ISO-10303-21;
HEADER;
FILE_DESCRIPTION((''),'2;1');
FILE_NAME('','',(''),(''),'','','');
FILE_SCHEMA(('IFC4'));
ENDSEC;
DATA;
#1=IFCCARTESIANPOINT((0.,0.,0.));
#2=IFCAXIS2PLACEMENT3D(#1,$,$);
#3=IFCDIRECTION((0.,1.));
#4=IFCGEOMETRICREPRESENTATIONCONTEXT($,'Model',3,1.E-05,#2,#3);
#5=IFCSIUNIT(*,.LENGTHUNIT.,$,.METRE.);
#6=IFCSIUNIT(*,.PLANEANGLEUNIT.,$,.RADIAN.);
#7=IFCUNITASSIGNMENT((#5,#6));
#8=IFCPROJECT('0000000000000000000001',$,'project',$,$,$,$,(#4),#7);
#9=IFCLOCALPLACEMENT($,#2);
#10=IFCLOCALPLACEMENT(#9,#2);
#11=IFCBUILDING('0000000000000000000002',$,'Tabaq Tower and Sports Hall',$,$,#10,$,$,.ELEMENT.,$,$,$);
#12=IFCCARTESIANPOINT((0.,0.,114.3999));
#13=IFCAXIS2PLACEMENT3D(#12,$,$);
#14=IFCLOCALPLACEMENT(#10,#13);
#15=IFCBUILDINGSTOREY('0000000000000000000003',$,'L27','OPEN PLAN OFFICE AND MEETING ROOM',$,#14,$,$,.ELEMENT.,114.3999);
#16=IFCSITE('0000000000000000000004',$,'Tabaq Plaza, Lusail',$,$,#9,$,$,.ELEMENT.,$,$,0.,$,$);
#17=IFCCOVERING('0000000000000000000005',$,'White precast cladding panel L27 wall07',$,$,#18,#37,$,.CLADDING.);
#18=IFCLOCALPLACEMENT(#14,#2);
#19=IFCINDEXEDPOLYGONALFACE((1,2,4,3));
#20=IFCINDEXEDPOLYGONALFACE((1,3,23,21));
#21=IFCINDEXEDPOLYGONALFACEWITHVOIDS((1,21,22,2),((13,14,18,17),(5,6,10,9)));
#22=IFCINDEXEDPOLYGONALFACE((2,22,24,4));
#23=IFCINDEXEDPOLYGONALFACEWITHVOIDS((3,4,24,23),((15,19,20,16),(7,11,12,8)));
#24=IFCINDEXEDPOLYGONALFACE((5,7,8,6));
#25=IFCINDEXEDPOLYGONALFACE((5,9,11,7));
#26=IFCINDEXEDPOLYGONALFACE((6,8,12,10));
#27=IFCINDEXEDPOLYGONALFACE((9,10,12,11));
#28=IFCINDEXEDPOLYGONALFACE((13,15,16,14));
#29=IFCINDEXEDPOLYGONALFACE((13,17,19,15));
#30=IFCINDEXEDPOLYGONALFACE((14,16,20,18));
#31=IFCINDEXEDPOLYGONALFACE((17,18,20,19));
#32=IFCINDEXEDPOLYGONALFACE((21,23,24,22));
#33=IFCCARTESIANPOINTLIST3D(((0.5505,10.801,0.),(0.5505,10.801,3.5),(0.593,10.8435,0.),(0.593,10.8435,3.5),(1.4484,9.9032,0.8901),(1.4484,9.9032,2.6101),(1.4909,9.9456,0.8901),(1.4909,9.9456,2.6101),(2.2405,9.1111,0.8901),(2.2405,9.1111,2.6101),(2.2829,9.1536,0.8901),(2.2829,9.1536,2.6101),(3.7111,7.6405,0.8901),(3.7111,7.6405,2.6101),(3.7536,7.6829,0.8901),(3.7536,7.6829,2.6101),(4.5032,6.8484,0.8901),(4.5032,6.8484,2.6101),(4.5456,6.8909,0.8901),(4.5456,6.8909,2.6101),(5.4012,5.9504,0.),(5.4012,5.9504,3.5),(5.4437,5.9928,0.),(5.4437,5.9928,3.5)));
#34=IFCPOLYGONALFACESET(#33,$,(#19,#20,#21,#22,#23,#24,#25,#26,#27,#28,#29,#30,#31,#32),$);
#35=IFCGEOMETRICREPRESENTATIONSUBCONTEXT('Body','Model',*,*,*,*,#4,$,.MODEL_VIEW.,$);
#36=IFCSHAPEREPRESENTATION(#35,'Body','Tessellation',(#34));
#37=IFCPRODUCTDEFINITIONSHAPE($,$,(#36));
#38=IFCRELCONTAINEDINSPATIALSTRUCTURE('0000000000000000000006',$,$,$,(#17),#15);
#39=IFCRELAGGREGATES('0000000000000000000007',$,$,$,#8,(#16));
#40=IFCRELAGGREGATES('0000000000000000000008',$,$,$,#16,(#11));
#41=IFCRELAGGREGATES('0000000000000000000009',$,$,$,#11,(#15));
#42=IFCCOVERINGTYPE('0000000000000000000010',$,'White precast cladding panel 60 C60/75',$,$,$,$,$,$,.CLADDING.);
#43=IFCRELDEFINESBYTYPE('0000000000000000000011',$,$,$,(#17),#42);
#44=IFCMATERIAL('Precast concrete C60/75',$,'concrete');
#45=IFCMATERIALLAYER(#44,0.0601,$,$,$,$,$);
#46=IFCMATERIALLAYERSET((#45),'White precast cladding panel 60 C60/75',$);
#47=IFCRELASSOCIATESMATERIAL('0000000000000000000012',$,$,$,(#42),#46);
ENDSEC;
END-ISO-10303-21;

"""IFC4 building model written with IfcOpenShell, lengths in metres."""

from ifc_helpers import new_model, si_unit, direction, frame, origin, place, context, subcontext, project, spatial, polyline, outline, extrude, material, layer, layer_set, type_object, element, save


model = new_model("IFC4")

# Units and contexts
model_context = context("Model", 3, precision=1e-05, world=origin(), true_north=direction((0.0, 1.0)))
body_context = subcontext(model_context, "Body", "Model", "MODEL_VIEW")
ifc_project = project(units=[si_unit("LENGTHUNIT", "METRE"), si_unit("PLANEANGLEUNIT", "RADIAN")], contexts=[model_context])

# Site, building, storey
site_placement = place(None, origin())
site = spatial("IfcSite", under=ifc_project, at=site_placement, Name="Tabaq Plaza, Lusail", CompositionType="ELEMENT", RefElevation=0.0)
building_placement = place(site_placement, origin())
building = spatial("IfcBuilding", under=site, at=building_placement, Name="Tabaq Tower and Sports Hall", CompositionType="ELEMENT")
storey_placement = place(building_placement, frame((0.0, 0.0, 114.3999)))
storey = spatial("IfcBuildingStorey", under=building, at=storey_placement, Name="L27", Description="OPEN PLAN OFFICE AND MEETING ROOM", CompositionType="ELEMENT", Elevation=114.3999)

# Covering
ifc_material_1 = material(Name="Precast concrete C60/75", Category="concrete")
ifc_layer_1 = layer(ifc_material_1, 0.0601)
ifc_layer_set_1 = layer_set([ifc_layer_1], Name="White precast cladding panel 60 C60/75")
covering_type_1 = type_object("IfcCoveringType", Name="White precast cladding panel 60 C60/75", PredefinedType="CLADDING", material=ifc_layer_set_1)
covering_1_placement = place(storey_placement, frame((0.5718, 10.8223, 0.0), z_axis=(0.0, 0.0, 1.0), x_axis=(0.707107, -0.707107, 0.0)))
element("IfcCovering", 1, at=covering_1_placement, inside=storey, type_object=covering_type_1, Name="White precast cladding panel L27 wall07", PredefinedType="CLADDING", context=body_context, shape_type="SweptSolid", body=[
    extrude(outline(polyline([(0.0, 0.0), (6.8599, 0.0), (6.8599, 3.5), (0.0, 3.5), (0.0, 0.0)]), holes=[polyline([(1.2698, 2.6101), (2.3899, 2.6101), (2.3899, 0.8901), (1.2698, 0.8901), (1.2698, 2.6101)]), polyline([(4.4697, 2.6101), (5.5898, 2.6101), (5.5898, 0.8901), (4.4697, 0.8901), (4.4697, 2.6101)])]), frame((0.0, 0.03, 0.0), z_axis=(0.0, -1.0, 0.0), x_axis=(1.0, 0.0, 0.0)), (0.0, 0.0, 1.0), 0.0601),
])

save(model, "model.ifc")
